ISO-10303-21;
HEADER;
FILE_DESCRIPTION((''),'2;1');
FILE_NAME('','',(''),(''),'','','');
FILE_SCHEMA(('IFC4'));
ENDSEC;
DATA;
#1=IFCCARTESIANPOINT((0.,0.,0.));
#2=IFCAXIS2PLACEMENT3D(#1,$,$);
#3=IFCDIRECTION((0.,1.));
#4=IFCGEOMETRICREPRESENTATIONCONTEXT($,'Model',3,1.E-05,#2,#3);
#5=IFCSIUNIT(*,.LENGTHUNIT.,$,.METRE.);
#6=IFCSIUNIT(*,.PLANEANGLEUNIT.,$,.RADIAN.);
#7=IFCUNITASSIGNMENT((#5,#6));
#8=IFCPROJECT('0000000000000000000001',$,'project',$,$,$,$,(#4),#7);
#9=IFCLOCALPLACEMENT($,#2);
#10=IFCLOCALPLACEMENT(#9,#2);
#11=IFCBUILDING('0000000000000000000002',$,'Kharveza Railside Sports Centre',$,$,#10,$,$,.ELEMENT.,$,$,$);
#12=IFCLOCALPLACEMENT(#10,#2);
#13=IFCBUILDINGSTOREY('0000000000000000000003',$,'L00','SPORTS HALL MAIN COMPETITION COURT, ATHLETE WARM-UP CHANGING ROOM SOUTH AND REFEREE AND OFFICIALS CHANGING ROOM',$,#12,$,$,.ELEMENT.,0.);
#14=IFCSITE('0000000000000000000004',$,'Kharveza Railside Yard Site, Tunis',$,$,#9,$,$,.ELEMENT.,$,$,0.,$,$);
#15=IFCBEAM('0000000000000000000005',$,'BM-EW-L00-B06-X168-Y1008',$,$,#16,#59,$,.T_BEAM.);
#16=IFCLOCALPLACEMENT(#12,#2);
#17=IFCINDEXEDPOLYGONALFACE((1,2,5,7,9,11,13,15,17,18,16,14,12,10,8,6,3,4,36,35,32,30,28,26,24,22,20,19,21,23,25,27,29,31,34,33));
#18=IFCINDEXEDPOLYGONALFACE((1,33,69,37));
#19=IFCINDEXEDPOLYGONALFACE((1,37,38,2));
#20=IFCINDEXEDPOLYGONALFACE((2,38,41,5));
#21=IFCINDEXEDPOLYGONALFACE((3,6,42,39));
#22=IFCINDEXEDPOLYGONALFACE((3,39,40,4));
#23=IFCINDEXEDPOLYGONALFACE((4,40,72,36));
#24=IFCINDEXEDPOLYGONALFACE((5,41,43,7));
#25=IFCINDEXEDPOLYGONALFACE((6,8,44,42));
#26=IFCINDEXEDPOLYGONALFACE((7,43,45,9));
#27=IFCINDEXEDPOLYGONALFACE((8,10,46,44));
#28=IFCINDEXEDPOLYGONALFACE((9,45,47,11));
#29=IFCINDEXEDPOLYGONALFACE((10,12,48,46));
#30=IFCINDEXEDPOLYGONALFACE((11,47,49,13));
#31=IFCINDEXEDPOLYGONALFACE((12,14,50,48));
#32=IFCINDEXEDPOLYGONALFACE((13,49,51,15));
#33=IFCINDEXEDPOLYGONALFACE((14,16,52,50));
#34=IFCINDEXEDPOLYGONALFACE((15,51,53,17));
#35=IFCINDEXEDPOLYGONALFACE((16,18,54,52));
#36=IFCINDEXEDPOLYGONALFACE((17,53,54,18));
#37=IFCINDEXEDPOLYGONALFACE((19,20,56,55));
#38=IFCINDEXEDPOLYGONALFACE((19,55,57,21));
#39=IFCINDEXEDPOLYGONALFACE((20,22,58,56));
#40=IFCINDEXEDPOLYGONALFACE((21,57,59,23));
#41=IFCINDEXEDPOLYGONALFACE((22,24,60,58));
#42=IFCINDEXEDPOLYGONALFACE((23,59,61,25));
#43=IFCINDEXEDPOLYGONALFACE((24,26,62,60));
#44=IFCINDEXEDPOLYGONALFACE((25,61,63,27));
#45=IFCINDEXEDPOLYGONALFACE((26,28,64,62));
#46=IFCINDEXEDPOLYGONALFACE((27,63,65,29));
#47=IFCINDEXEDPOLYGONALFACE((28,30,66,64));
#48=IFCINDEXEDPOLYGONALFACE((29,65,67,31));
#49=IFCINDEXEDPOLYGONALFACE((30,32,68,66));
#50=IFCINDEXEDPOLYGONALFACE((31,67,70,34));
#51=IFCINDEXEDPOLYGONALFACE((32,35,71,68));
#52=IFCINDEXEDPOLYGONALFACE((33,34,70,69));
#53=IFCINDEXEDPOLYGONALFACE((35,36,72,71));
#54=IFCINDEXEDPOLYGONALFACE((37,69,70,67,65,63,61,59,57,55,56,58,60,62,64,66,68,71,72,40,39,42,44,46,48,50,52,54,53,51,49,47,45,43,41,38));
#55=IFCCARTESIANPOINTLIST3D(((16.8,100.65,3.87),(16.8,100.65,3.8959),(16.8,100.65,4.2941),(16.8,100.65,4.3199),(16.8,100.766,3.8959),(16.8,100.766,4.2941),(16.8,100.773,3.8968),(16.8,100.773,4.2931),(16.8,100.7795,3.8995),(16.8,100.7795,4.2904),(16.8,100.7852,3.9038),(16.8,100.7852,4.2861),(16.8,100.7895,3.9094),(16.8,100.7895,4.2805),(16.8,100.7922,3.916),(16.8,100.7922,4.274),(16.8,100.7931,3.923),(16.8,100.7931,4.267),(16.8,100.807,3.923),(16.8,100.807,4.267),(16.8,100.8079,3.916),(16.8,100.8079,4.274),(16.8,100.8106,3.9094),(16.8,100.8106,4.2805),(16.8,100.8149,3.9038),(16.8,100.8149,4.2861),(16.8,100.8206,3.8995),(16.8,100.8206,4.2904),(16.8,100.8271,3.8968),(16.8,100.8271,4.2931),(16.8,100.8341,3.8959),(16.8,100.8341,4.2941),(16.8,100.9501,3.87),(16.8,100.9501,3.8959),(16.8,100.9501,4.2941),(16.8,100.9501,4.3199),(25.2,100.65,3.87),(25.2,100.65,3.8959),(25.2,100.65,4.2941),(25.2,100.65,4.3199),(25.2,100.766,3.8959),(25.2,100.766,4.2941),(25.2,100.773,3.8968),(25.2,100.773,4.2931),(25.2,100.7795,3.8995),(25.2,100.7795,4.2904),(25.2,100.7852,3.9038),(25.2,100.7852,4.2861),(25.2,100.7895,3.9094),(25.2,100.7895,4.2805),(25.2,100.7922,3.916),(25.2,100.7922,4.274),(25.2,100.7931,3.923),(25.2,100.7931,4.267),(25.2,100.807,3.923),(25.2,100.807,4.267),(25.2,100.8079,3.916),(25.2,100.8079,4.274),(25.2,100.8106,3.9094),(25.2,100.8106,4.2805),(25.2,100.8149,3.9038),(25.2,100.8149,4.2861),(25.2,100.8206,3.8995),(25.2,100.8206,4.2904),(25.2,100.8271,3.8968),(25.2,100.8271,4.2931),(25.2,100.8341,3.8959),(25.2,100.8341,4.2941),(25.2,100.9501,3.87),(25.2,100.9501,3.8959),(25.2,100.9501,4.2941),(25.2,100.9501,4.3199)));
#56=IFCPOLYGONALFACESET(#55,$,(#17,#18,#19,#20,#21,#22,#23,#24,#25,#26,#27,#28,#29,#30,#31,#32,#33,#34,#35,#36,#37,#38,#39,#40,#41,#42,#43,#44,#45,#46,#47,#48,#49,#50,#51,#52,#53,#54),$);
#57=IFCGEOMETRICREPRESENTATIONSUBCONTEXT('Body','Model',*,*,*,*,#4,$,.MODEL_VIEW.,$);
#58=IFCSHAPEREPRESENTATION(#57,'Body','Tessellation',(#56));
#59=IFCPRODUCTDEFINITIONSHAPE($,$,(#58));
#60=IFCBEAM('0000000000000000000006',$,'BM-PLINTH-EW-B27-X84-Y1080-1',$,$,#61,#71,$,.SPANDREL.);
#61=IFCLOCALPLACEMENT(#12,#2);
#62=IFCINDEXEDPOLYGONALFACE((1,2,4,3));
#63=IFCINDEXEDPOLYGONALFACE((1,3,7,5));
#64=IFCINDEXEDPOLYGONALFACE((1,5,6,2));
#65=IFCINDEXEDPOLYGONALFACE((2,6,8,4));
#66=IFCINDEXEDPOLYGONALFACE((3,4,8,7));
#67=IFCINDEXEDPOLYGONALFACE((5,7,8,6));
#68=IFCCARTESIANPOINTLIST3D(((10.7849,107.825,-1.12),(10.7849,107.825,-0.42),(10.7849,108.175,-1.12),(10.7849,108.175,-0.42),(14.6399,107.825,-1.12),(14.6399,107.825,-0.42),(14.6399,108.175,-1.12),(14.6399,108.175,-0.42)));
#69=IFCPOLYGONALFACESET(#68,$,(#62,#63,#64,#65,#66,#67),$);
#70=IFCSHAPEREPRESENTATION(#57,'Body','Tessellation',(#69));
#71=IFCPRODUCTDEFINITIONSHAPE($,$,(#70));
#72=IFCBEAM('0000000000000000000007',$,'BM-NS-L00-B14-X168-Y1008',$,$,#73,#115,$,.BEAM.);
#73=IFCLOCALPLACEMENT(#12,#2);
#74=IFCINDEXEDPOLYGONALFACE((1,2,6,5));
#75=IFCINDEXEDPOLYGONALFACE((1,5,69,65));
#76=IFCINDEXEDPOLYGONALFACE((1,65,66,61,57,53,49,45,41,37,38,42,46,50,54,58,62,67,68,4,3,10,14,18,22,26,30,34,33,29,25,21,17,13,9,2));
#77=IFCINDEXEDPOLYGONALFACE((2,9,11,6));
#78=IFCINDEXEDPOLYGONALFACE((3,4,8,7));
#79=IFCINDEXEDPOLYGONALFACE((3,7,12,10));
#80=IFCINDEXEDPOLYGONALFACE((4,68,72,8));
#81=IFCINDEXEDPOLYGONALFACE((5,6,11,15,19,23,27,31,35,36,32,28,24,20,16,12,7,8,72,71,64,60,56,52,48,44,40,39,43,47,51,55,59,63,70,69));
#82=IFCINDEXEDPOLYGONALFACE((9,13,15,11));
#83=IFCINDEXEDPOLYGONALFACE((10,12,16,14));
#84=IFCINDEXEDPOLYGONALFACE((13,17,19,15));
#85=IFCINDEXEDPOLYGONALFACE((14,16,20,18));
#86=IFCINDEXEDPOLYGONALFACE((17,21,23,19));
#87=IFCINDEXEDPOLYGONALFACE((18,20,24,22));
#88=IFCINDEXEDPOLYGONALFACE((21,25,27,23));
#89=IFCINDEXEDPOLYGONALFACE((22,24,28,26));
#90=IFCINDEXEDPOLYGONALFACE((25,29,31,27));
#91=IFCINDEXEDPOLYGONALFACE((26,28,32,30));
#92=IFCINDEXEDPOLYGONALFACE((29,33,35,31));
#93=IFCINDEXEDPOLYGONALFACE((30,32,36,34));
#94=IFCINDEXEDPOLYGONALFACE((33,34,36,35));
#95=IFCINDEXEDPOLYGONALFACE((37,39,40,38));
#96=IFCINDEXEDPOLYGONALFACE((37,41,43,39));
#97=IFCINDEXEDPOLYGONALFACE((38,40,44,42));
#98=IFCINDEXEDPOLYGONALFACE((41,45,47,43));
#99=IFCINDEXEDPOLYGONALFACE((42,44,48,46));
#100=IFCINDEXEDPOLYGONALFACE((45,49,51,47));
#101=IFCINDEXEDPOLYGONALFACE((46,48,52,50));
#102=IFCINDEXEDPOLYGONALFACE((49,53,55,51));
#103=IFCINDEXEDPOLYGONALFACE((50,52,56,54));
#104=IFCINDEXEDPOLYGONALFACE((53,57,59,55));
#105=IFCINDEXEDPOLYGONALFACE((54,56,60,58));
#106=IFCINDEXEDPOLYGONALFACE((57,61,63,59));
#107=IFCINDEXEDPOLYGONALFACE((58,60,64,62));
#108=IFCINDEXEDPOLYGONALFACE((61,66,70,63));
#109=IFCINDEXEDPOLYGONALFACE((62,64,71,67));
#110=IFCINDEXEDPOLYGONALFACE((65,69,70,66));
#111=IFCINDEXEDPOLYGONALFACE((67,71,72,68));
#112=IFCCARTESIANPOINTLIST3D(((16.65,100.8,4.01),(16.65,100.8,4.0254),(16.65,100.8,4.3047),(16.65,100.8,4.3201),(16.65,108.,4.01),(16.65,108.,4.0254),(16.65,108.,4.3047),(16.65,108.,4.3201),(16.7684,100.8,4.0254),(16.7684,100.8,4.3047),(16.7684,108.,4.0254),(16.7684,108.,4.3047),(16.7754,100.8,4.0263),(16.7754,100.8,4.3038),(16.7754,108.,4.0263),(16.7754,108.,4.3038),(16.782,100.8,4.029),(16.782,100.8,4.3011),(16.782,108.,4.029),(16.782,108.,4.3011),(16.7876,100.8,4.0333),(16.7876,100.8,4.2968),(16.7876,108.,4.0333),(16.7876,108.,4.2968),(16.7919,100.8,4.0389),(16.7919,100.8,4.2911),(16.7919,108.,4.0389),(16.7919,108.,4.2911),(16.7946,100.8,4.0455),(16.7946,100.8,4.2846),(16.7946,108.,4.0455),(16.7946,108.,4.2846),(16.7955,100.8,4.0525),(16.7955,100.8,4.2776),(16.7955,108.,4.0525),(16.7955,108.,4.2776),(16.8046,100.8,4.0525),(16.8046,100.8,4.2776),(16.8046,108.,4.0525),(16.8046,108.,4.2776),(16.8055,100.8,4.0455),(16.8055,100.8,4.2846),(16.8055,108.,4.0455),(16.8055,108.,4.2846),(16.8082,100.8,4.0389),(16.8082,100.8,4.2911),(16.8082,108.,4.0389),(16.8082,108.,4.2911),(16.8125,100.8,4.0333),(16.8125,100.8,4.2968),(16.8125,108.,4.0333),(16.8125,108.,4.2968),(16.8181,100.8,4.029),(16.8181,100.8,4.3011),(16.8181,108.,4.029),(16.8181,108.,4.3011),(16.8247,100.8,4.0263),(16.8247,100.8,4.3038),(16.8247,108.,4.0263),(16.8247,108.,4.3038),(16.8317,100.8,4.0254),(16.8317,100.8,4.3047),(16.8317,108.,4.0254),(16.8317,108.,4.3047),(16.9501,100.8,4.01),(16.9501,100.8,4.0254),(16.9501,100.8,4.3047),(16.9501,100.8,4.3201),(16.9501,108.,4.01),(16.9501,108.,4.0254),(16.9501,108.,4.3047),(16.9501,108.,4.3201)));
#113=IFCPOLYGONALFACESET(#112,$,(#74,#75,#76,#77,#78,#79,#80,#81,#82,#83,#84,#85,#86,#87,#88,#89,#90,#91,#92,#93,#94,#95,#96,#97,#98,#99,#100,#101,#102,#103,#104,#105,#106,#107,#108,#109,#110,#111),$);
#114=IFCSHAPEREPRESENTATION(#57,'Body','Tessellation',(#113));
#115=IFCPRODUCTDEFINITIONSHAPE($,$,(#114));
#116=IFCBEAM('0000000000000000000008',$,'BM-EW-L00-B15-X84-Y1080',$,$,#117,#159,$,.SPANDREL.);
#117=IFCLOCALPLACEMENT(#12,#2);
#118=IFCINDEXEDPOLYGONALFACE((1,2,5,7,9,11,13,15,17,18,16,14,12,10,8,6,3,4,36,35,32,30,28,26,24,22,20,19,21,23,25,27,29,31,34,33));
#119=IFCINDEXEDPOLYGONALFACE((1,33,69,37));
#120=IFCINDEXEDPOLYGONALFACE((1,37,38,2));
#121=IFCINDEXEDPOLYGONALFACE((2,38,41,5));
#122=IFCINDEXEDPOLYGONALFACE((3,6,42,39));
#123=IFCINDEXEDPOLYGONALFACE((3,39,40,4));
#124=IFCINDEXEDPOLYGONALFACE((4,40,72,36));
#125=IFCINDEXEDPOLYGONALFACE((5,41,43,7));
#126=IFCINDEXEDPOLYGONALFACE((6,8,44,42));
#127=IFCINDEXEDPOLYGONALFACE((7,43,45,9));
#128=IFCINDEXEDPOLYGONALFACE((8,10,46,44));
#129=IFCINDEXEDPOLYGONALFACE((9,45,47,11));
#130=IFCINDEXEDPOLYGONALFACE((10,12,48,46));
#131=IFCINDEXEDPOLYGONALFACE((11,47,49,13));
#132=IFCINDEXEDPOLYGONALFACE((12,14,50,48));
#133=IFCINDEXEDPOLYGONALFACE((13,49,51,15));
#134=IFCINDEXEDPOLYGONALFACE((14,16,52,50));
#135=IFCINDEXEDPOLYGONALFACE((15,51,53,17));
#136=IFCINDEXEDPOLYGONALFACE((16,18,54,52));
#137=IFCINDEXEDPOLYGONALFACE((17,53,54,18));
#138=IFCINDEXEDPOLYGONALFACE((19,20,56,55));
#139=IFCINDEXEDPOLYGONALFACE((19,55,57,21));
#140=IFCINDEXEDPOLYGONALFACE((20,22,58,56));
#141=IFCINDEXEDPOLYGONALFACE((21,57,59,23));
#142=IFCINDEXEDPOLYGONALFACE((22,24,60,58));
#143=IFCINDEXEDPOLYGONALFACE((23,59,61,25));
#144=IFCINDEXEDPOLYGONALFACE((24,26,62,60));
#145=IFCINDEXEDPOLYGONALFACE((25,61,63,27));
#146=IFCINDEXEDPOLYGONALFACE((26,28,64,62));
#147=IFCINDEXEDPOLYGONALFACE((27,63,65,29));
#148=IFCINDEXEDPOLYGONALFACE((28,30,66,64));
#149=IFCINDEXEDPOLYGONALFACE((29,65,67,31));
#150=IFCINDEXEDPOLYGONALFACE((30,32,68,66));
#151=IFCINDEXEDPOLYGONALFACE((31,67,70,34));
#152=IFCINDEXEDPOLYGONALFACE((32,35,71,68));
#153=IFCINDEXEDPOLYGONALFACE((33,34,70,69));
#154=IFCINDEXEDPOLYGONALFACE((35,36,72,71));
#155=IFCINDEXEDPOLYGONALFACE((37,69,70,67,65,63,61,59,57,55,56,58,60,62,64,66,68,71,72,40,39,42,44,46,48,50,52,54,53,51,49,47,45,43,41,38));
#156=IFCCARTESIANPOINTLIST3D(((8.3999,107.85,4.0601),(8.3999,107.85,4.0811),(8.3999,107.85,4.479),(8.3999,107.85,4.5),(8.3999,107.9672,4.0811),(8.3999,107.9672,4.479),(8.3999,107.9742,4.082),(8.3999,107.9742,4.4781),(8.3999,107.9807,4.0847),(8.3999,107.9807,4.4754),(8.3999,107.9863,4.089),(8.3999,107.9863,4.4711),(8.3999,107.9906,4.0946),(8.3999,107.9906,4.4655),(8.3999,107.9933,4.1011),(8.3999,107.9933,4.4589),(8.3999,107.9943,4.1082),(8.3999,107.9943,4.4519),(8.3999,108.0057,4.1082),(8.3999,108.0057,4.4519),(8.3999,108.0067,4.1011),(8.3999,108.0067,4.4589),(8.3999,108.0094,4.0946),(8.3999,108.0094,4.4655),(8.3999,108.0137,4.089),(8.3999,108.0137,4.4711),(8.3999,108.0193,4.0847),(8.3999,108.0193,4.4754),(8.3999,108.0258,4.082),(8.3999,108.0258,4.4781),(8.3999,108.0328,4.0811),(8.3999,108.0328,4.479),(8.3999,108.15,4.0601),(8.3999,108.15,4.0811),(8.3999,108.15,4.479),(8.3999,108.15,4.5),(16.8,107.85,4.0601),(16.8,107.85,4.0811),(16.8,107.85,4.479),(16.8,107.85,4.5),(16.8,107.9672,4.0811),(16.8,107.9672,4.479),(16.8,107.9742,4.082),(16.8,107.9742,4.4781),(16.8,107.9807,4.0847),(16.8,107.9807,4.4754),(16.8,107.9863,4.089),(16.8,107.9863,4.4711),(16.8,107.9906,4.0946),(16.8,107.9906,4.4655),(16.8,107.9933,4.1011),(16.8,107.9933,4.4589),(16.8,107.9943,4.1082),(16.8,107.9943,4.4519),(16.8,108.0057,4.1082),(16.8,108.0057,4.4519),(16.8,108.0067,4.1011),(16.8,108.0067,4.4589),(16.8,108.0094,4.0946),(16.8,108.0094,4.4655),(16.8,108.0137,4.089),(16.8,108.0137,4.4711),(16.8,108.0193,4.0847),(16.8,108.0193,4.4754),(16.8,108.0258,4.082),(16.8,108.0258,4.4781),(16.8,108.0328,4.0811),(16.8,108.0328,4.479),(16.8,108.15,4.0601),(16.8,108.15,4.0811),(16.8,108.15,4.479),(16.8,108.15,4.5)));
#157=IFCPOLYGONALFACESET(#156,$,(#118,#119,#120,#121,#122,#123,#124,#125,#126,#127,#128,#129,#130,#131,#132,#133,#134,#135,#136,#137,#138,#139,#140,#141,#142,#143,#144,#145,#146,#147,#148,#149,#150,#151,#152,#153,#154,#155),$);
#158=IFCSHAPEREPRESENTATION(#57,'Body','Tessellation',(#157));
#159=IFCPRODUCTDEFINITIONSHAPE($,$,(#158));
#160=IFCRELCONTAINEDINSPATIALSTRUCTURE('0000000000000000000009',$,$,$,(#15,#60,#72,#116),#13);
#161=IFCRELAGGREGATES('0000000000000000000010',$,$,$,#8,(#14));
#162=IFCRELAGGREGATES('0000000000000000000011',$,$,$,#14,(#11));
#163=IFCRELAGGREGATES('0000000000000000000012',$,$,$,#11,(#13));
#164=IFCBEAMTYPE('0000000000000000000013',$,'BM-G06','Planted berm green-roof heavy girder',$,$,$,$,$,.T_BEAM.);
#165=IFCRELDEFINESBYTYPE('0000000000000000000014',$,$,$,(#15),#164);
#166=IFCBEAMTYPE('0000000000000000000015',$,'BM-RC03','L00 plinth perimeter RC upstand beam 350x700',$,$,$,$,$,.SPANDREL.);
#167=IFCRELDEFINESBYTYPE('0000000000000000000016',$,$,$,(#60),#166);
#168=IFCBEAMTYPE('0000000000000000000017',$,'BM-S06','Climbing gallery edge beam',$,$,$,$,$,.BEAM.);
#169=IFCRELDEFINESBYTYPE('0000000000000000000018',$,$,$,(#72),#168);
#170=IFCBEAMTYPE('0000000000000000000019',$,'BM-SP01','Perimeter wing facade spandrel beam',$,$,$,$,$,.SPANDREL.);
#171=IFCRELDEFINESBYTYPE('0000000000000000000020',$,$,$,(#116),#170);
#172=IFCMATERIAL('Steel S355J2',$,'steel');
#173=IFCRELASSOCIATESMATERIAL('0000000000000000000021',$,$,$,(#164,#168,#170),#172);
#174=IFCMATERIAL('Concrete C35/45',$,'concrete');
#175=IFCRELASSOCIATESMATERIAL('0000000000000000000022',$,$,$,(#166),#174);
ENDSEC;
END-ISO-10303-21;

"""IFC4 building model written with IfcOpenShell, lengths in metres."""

from ifc_helpers import new_model, si_unit, direction, frame, origin, origin_2d, place, context, subcontext, project, spatial, rectangle, i_section, extrude, material, material_profile, profile_set, type_object, element, save


model = new_model("IFC4")

# Units and contexts
model_context = context("Model", 3, precision=1e-05, world=origin(), true_north=direction((0.0, 1.0)))
body_context = subcontext(model_context, "Body", "Model", "MODEL_VIEW")
ifc_project = project(units=[si_unit("LENGTHUNIT", "METRE"), si_unit("PLANEANGLEUNIT", "RADIAN")], contexts=[model_context])

# Site, building, storey
site_placement = place(None, origin())
site = spatial("IfcSite", under=ifc_project, at=site_placement, Name="Kharveza Railside Yard Site, Tunis", CompositionType="ELEMENT", RefElevation=0.0)
building_placement = place(site_placement, origin())
building = spatial("IfcBuilding", under=site, at=building_placement, Name="Kharveza Railside Sports Centre", CompositionType="ELEMENT")
storey_placement = place(building_placement, origin())
storey = spatial("IfcBuildingStorey", under=building, at=storey_placement, Name="L00", Description="SPORTS HALL MAIN COMPETITION COURT, ATHLETE WARM-UP CHANGING ROOM SOUTH AND REFEREE AND OFFICIALS CHANGING ROOM", CompositionType="ELEMENT", Elevation=0.0)

# Shared definitions
ifc_material_1 = material(Name="Concrete C35/45", Category="concrete")

# Shared definitions
ifc_material_2 = material(Name="Steel S355J2", Category="steel")

# Beams
ifc_material_profile_1 = material_profile(ifc_material_2, i_section(OverallWidth=0.3, OverallDepth=0.45, WebThickness=0.0139, FlangeThickness=0.0259, FilletRadius=0.0271, at=origin_2d()), Name="HEB 450")
ifc_profile_set_1 = profile_set([ifc_material_profile_1], Name="Steel S355J2")
beam_type_1 = type_object("IfcBeamType", Name="BM-G06", Description="Planted berm green-roof heavy girder", PredefinedType="T_BEAM", material=ifc_profile_set_1)
beam_1_placement = place(storey_placement, frame((16.8, 100.8, 4.095), z_axis=(1.0, 0.0, 0.0), x_axis=(0.0, 1.0, 0.0)))
element("IfcBeam", 1, at=beam_1_placement, inside=storey, type_object=beam_type_1, Name="BM-EW-L00-B06-X168-Y1008", PredefinedType="T_BEAM", context=body_context, shape_type="SweptSolid", body=[
    extrude(i_section(OverallWidth=0.3, OverallDepth=0.45, WebThickness=0.0139, FlangeThickness=0.0259, FilletRadius=0.0271, at=origin_2d()), origin(), (0.0, 0.0, 1.0), 8.3999),
])
ifc_material_profile_2 = material_profile(ifc_material_1, rectangle(XDim=0.3501, YDim=0.7, at=origin_2d()), Name="RCB 350x700")
ifc_profile_set_2 = profile_set([ifc_material_profile_2], Name="Concrete C35/45")
beam_type_2 = type_object("IfcBeamType", Name="BM-RC03", Description="L00 plinth perimeter RC upstand beam 350x700", PredefinedType="SPANDREL", material=ifc_profile_set_2)
beam_2_placement = place(storey_placement, frame((10.7849, 108.0, -0.77), z_axis=(1.0, 0.0, 0.0), x_axis=(0.0, 1.0, 0.0)))
element("IfcBeam", 2, at=beam_2_placement, inside=storey, type_object=beam_type_2, Name="BM-PLINTH-EW-B27-X84-Y1080-1", PredefinedType="SPANDREL", context=body_context, shape_type="SweptSolid", body=[
    extrude(rectangle(XDim=0.3501, YDim=0.7, at=origin_2d()), origin(), (0.0, 0.0, 1.0), 3.855),
])
ifc_material_profile_3 = material_profile(ifc_material_2, i_section(OverallWidth=0.3, OverallDepth=0.3101, WebThickness=0.009, FlangeThickness=0.0154, FilletRadius=0.0271, at=origin_2d()), Name="HEA 320")
ifc_profile_set_3 = profile_set([ifc_material_profile_3], Name="Steel S355J2")
beam_type_3 = type_object("IfcBeamType", Name="BM-S06", Description="Climbing gallery edge beam", PredefinedType="BEAM", material=ifc_profile_set_3)
beam_3_placement = place(storey_placement, frame((16.8, 100.8, 4.165), z_axis=(0.0, 1.0, 0.0), x_axis=(-1.0, 0.0, 0.0)))
element("IfcBeam", 3, at=beam_3_placement, inside=storey, type_object=beam_type_3, Name="BM-NS-L00-B14-X168-Y1008", PredefinedType="BEAM", context=body_context, shape_type="SweptSolid", body=[
    extrude(i_section(OverallWidth=0.3, OverallDepth=0.3101, WebThickness=0.009, FlangeThickness=0.0154, FilletRadius=0.0271, at=origin_2d()), origin(), (0.0, 0.0, 1.0), 7.2),
])
ifc_material_profile_4 = material_profile(ifc_material_2, i_section(OverallWidth=0.3, OverallDepth=0.4399, WebThickness=0.0115, FlangeThickness=0.021, FilletRadius=0.0271, at=origin_2d()), Name="HEA 450")
ifc_profile_set_4 = profile_set([ifc_material_profile_4], Name="Steel S355J2")
beam_type_4 = type_object("IfcBeamType", Name="BM-SP01", Description="Perimeter wing facade spandrel beam", PredefinedType="SPANDREL", material=ifc_profile_set_4)
beam_4_placement = place(storey_placement, frame((8.3999, 108.0, 4.28), z_axis=(1.0, 0.0, 0.0), x_axis=(0.0, 1.0, 0.0)))
element("IfcBeam", 4, at=beam_4_placement, inside=storey, type_object=beam_type_4, Name="BM-EW-L00-B15-X84-Y1080", PredefinedType="SPANDREL", context=body_context, shape_type="SweptSolid", body=[
    extrude(i_section(OverallWidth=0.3, OverallDepth=0.4399, WebThickness=0.0115, FlangeThickness=0.021, FilletRadius=0.0271, at=origin_2d()), origin(), (0.0, 0.0, 1.0), 8.4001),
])

save(model, "model.ifc")
